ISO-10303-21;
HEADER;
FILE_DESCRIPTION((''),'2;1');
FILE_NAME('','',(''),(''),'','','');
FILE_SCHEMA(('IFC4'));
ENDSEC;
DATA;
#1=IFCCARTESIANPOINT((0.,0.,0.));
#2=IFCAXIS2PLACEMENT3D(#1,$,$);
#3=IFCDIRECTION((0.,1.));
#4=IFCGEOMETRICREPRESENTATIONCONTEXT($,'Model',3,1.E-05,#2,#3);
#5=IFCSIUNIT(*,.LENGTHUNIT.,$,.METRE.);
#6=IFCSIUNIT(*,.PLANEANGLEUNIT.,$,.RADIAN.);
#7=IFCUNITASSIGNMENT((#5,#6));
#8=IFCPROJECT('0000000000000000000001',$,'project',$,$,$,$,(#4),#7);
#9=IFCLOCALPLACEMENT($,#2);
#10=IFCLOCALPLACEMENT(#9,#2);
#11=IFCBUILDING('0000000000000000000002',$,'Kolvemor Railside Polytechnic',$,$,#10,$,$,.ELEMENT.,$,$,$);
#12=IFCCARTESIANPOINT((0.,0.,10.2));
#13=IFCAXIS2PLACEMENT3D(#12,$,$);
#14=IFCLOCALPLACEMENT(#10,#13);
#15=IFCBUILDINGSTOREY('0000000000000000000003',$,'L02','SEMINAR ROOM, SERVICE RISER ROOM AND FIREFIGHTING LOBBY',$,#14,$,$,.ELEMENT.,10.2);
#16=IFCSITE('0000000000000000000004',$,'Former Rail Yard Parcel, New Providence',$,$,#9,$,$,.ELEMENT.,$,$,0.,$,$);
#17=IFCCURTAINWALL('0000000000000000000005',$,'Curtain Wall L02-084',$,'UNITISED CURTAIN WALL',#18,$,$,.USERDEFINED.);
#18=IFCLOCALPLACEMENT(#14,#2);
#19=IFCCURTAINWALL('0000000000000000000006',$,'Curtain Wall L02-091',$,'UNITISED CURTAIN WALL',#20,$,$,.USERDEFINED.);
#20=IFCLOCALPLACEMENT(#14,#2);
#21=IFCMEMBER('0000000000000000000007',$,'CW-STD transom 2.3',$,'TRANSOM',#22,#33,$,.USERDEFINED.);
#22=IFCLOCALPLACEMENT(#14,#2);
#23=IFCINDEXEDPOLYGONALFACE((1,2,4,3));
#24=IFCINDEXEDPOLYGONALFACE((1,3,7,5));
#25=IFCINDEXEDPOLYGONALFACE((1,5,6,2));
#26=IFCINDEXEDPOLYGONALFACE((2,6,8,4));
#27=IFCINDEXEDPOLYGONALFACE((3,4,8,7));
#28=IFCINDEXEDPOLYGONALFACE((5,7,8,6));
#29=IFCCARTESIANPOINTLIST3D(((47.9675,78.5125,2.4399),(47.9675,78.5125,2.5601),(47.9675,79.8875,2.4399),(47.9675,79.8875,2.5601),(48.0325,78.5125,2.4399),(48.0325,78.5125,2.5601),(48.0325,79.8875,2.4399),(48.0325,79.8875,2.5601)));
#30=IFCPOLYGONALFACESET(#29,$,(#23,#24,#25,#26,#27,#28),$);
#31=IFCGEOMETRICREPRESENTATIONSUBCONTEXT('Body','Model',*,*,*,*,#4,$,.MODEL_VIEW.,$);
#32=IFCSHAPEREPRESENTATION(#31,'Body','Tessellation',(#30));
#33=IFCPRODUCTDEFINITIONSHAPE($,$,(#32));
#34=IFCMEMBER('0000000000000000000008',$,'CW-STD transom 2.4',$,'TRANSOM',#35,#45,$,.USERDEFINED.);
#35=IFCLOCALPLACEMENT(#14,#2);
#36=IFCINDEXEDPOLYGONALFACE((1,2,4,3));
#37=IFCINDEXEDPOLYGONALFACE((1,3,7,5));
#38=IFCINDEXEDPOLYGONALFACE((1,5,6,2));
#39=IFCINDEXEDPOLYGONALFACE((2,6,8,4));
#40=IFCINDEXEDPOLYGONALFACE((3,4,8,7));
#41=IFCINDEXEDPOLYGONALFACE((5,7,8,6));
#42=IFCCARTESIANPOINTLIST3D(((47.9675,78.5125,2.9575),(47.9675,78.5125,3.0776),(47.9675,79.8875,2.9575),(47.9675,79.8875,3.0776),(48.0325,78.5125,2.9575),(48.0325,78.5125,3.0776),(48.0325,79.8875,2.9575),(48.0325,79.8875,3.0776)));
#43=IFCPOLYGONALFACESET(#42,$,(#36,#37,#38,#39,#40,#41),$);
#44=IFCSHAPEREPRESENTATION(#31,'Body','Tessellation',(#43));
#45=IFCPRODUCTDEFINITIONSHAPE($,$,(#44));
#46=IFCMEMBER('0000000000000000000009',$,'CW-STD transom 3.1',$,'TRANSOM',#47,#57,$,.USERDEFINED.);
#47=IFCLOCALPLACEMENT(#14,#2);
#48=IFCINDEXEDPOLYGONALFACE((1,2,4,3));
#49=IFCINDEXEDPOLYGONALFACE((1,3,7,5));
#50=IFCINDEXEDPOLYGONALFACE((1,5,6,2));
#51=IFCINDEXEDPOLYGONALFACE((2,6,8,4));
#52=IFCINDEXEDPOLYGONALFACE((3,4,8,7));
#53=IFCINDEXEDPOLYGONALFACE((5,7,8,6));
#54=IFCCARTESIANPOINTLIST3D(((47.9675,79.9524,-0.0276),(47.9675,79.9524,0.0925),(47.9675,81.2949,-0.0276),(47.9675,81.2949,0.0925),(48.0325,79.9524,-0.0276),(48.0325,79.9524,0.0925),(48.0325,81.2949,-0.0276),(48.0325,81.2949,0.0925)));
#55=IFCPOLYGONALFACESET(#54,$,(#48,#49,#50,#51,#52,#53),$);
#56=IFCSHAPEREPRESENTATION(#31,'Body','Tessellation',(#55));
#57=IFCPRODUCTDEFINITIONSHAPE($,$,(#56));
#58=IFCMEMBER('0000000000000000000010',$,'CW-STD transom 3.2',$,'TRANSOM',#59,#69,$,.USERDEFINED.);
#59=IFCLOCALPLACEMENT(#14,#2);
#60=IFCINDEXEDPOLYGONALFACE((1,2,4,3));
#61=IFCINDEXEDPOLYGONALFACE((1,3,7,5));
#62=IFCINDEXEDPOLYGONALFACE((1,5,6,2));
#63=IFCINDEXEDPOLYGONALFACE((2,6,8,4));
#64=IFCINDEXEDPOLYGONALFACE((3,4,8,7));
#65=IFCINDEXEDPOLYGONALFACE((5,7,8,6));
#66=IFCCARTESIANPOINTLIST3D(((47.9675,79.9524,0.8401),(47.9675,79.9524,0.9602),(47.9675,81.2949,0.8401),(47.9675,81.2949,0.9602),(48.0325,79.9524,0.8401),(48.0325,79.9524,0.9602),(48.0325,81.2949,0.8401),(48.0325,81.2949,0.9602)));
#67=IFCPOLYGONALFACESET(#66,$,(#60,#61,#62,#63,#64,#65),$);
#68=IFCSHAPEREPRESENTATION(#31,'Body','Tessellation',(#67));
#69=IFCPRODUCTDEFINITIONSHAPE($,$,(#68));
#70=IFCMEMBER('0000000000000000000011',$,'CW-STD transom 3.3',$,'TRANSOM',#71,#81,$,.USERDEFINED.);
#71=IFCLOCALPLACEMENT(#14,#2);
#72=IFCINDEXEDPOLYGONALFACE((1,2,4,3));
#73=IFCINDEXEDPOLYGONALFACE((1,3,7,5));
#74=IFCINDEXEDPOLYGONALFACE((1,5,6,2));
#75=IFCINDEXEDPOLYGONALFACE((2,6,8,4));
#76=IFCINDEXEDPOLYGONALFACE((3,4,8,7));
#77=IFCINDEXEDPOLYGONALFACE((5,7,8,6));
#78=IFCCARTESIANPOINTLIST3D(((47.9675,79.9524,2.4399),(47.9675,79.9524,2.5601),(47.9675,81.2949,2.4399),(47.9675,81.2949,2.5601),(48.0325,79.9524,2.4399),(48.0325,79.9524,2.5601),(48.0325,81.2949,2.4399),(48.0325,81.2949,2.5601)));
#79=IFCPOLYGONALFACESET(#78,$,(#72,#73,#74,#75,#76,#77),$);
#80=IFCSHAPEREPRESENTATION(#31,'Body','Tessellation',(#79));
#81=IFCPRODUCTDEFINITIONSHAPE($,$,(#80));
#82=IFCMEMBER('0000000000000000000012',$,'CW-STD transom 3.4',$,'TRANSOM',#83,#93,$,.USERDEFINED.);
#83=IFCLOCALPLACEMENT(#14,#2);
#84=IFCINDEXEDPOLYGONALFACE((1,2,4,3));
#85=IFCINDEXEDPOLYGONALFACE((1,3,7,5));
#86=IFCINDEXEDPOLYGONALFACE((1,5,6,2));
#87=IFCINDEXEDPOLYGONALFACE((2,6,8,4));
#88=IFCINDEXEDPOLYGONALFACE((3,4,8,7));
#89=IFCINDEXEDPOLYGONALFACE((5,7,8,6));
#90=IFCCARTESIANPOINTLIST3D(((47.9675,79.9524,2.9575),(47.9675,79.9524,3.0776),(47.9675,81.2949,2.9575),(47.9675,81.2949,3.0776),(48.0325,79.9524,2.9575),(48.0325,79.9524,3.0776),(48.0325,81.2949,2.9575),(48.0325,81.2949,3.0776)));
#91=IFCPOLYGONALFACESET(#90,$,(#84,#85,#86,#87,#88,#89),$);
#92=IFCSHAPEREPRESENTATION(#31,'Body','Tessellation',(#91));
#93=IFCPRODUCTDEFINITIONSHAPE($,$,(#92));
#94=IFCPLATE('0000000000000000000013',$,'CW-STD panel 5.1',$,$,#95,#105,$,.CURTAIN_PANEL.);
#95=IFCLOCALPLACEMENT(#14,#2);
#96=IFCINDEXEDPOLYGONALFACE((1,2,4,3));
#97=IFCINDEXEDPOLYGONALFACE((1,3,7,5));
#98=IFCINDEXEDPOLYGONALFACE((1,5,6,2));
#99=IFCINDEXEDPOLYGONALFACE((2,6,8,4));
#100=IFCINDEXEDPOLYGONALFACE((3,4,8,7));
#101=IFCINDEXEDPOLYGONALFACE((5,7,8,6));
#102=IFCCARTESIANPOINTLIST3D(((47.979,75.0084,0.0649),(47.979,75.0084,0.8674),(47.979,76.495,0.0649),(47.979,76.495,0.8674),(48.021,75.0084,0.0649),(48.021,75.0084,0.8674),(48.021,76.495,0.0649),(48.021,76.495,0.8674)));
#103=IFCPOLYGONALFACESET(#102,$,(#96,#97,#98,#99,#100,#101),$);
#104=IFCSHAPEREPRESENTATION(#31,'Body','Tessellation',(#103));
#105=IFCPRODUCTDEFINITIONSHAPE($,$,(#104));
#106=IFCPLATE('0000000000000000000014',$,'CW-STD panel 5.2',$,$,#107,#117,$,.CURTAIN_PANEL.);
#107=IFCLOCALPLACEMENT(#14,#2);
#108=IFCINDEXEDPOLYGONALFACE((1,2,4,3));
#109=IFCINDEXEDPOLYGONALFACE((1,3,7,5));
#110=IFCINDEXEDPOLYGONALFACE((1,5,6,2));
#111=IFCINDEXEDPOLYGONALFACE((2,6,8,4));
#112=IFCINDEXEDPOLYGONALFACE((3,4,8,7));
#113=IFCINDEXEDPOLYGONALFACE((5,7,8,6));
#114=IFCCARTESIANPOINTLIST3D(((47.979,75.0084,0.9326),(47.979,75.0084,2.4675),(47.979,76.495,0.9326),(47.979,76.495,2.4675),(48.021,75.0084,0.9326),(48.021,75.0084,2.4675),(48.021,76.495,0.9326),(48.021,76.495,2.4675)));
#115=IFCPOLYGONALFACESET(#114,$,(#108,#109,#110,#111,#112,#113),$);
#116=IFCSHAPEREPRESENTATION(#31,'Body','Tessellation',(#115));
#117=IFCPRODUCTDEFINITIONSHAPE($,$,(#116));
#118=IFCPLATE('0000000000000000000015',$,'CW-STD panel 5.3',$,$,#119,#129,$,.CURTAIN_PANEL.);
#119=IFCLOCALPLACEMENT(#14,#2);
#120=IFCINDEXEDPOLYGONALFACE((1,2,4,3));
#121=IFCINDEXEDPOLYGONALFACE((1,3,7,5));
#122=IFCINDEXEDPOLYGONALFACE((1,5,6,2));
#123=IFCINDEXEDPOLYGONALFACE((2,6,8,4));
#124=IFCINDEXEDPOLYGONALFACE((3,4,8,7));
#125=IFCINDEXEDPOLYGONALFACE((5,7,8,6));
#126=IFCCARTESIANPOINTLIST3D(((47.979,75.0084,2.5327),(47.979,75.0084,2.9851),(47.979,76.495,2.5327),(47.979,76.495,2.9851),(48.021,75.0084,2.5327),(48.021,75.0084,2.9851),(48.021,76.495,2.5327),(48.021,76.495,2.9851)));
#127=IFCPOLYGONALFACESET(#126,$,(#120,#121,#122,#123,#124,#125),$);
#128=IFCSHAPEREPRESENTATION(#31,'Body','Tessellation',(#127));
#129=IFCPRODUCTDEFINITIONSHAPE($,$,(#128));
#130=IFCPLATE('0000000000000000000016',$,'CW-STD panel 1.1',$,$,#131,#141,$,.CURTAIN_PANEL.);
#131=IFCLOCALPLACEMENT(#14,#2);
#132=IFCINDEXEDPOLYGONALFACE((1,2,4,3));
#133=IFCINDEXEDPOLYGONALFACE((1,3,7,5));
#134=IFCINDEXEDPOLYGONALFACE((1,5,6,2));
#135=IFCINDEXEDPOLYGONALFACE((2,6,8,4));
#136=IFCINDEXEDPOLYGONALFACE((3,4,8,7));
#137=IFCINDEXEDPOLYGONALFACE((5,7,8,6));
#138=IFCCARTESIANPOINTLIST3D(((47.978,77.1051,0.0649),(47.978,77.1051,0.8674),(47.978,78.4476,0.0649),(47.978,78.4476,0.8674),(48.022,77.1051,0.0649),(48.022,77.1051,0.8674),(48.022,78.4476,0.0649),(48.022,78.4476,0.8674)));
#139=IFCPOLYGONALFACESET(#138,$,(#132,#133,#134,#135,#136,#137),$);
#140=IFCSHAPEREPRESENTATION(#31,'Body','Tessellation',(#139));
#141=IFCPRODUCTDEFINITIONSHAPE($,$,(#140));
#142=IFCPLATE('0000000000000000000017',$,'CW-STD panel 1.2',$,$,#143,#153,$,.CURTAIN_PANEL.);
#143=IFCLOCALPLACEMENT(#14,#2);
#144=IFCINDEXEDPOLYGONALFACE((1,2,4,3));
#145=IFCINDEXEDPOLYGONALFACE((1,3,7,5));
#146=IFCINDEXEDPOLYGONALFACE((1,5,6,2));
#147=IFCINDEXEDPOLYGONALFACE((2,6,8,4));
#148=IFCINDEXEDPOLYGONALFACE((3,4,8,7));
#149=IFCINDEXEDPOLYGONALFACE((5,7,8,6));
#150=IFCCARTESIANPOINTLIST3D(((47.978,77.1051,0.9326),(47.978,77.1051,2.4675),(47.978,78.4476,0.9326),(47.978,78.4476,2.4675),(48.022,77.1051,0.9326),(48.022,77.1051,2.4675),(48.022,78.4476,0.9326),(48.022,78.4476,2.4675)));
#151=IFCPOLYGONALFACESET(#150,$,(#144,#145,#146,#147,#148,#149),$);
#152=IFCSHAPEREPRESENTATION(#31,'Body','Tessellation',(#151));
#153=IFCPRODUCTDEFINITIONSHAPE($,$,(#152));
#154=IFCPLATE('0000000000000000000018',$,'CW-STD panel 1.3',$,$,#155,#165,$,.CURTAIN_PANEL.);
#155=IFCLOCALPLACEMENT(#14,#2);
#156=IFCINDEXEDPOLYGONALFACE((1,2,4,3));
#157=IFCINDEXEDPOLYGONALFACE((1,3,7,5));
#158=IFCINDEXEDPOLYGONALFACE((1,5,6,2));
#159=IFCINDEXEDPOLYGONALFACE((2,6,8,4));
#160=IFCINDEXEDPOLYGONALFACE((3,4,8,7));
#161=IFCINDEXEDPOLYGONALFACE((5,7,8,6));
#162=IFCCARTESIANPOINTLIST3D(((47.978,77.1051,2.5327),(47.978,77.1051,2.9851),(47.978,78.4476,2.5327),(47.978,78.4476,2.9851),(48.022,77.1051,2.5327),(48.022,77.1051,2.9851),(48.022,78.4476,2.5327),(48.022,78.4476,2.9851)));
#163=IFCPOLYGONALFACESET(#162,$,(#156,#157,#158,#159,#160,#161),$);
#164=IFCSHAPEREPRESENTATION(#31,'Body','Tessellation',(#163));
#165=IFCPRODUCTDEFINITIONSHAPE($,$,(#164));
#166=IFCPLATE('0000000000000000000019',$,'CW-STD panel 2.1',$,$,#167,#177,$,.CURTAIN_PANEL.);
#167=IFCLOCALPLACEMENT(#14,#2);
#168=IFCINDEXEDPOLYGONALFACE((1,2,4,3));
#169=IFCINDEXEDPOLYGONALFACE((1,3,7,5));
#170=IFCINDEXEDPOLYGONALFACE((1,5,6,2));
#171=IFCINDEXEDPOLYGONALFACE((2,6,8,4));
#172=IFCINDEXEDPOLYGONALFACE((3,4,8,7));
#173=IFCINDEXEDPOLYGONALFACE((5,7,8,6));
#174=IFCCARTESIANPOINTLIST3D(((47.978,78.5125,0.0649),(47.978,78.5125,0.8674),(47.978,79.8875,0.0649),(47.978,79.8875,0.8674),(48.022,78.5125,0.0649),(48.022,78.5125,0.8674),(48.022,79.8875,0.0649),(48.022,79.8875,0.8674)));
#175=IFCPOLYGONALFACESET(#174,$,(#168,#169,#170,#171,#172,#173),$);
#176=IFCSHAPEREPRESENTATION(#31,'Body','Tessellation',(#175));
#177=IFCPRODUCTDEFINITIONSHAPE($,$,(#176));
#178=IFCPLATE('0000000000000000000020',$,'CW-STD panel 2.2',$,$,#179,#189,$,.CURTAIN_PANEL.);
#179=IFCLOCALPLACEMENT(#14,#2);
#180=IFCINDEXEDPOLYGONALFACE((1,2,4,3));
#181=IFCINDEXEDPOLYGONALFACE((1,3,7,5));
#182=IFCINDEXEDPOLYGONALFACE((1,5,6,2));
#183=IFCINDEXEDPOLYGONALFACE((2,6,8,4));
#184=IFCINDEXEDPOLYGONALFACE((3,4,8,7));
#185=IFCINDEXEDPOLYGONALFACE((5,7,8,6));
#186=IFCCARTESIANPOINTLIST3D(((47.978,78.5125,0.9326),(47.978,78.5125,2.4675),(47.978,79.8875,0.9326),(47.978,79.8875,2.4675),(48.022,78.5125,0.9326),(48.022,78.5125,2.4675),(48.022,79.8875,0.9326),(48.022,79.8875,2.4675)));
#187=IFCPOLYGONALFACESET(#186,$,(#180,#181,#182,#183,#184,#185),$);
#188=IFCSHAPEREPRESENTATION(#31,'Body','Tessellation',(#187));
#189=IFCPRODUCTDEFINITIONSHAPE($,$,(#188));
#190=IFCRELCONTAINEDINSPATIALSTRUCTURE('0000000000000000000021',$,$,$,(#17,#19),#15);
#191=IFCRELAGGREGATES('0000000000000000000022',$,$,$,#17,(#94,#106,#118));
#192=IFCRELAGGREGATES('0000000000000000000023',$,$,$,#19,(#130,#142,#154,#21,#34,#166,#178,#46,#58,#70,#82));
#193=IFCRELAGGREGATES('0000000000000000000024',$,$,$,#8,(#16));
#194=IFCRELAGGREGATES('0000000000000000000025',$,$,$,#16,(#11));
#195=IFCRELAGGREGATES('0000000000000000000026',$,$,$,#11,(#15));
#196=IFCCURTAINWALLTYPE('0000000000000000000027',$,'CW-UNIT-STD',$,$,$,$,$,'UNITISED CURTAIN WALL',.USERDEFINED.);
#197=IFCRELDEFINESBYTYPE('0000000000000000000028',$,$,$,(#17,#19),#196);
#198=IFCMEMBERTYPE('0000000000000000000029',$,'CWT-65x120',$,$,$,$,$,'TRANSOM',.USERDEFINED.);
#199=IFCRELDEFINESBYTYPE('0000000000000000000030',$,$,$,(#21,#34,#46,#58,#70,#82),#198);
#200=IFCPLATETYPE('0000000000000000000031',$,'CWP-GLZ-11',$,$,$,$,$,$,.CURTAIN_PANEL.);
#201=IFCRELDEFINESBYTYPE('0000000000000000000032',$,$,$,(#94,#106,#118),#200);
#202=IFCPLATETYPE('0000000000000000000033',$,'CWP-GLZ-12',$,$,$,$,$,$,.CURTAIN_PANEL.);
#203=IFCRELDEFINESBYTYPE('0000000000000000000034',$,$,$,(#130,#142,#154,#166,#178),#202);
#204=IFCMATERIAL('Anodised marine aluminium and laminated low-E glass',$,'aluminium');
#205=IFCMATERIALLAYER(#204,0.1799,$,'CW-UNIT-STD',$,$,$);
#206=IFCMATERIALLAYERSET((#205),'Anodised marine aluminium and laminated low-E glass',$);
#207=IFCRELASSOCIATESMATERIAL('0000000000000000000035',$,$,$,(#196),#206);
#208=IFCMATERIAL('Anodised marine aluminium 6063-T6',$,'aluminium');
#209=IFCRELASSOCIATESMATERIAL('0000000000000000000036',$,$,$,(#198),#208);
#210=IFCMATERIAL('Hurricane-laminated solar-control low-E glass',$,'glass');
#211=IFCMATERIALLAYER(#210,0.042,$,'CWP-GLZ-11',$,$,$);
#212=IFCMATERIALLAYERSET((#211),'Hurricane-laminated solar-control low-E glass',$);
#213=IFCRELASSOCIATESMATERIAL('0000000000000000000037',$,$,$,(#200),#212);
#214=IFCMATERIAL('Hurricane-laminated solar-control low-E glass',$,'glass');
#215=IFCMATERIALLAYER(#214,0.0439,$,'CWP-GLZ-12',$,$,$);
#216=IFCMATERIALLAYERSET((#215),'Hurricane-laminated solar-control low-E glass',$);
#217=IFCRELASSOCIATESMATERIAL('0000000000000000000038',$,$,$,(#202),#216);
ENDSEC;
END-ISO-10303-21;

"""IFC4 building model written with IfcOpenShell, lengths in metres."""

from ifc_helpers import new_model, si_unit, direction, frame, origin, origin_2d, place, context, subcontext, project, spatial, rectangle, extrude, material, layer, layer_set, material_profile, profile_set, type_object, element, aggregate, save


model = new_model("IFC4")

# Units and contexts
model_context = context("Model", 3, precision=1e-05, world=origin(), true_north=direction((0.0, 1.0)))
body_context = subcontext(model_context, "Body", "Model", "MODEL_VIEW")
ifc_project = project(units=[si_unit("LENGTHUNIT", "METRE"), si_unit("PLANEANGLEUNIT", "RADIAN")], contexts=[model_context])

# Site, building, storey
site_placement = place(None, origin())
site = spatial("IfcSite", under=ifc_project, at=site_placement, Name="Former Rail Yard Parcel, New Providence", CompositionType="ELEMENT", RefElevation=0.0)
building_placement = place(site_placement, origin())
building = spatial("IfcBuilding", under=site, at=building_placement, Name="Kolvemor Railside Polytechnic", CompositionType="ELEMENT")
storey_placement = place(building_placement, frame((0.0, 0.0, 10.2)))
storey = spatial("IfcBuildingStorey", under=building, at=storey_placement, Name="L02", Description="SEMINAR ROOM, SERVICE RISER ROOM AND FIREFIGHTING LOBBY", CompositionType="ELEMENT", Elevation=10.2)

# Curtain wall
ifc_material_1 = material(Name="Anodised marine aluminium and laminated low-E glass", Category="aluminium")
ifc_layer_1 = layer(ifc_material_1, 0.1799, Name="CW-UNIT-STD")
ifc_layer_set_1 = layer_set([ifc_layer_1], Name="Anodised marine aluminium and laminated low-E glass")
curtain_wall_type = type_object("IfcCurtainWallType", Name="CW-UNIT-STD", ElementType="UNITISED CURTAIN WALL", PredefinedType="USERDEFINED", material=ifc_layer_set_1)
curtain_wall_1_placement = place(storey_placement, origin())
curtain_wall_1 = element("IfcCurtainWall", 1, at=curtain_wall_1_placement, inside=storey, type_object=curtain_wall_type, Name="Curtain Wall L02-084", ObjectType="UNITISED CURTAIN WALL", PredefinedType="USERDEFINED")

# Curtain wall
curtain_wall_2_placement = place(storey_placement, origin())
curtain_wall_2 = element("IfcCurtainWall", 2, at=curtain_wall_2_placement, inside=storey, type_object=curtain_wall_type, Name="Curtain Wall L02-091", ObjectType="UNITISED CURTAIN WALL", PredefinedType="USERDEFINED")

# Members
ifc_material_2 = material(Name="Anodised marine aluminium 6063-T6", Category="aluminium")
ifc_material_profile_1 = material_profile(ifc_material_2, rectangle(XDim=0.0649, YDim=0.1201, at=origin_2d()), Name="CW-TRN-65x120")
ifc_profile_set_1 = profile_set([ifc_material_profile_1], Name="Anodised marine aluminium 6063-T6")
member_type_1 = type_object("IfcMemberType", Name="CWT-65x120", ElementType="TRANSOM", PredefinedType="USERDEFINED", material=ifc_profile_set_1)
member_1_placement = place(storey_placement, frame((48.0, 78.5125, 2.5), z_axis=(0.0, 1.0, 0.0), x_axis=(-1.0, 0.0, 0.0)))
member_1 = element("IfcMember", 3, at=member_1_placement, type_object=member_type_1, Name="CW-STD transom 2.3", ObjectType="TRANSOM", PredefinedType="USERDEFINED", context=body_context, shape_type="SweptSolid", body=[
    extrude(rectangle(XDim=0.0649, YDim=0.1201, at=origin_2d()), origin(), (0.0, 0.0, 1.0), 1.375),
])
member_2_placement = place(storey_placement, frame((48.0, 78.5125, 3.0176), z_axis=(0.0, 1.0, 0.0), x_axis=(-1.0, 0.0, 0.0)))
member_2 = element("IfcMember", 4, at=member_2_placement, type_object=member_type_1, Name="CW-STD transom 2.4", ObjectType="TRANSOM", PredefinedType="USERDEFINED", context=body_context, shape_type="SweptSolid", body=[
    extrude(rectangle(XDim=0.0649, YDim=0.1201, at=origin_2d()), origin(), (0.0, 0.0, 1.0), 1.375),
])
member_3_placement = place(storey_placement, frame((48.0, 79.9524, 0.0325), z_axis=(0.0, 1.0, 0.0), x_axis=(-1.0, 0.0, 0.0)))
member_3 = element("IfcMember", 5, at=member_3_placement, type_object=member_type_1, Name="CW-STD transom 3.1", ObjectType="TRANSOM", PredefinedType="USERDEFINED", context=body_context, shape_type="SweptSolid", body=[
    extrude(rectangle(XDim=0.0649, YDim=0.1201, at=origin_2d()), origin(), (0.0, 0.0, 1.0), 1.3425),
])
member_4_placement = place(storey_placement, frame((48.0, 79.9524, 0.9001), z_axis=(0.0, 1.0, 0.0), x_axis=(-1.0, 0.0, 0.0)))
member_4 = element("IfcMember", 6, at=member_4_placement, type_object=member_type_1, Name="CW-STD transom 3.2", ObjectType="TRANSOM", PredefinedType="USERDEFINED", context=body_context, shape_type="SweptSolid", body=[
    extrude(rectangle(XDim=0.0649, YDim=0.1201, at=origin_2d()), origin(), (0.0, 0.0, 1.0), 1.3425),
])
member_5_placement = place(storey_placement, frame((48.0, 79.9524, 2.5), z_axis=(0.0, 1.0, 0.0), x_axis=(-1.0, 0.0, 0.0)))
member_5 = element("IfcMember", 7, at=member_5_placement, type_object=member_type_1, Name="CW-STD transom 3.3", ObjectType="TRANSOM", PredefinedType="USERDEFINED", context=body_context, shape_type="SweptSolid", body=[
    extrude(rectangle(XDim=0.0649, YDim=0.1201, at=origin_2d()), origin(), (0.0, 0.0, 1.0), 1.3425),
])
member_6_placement = place(storey_placement, frame((48.0, 79.9524, 3.0176), z_axis=(0.0, 1.0, 0.0), x_axis=(-1.0, 0.0, 0.0)))
member_6 = element("IfcMember", 8, at=member_6_placement, type_object=member_type_1, Name="CW-STD transom 3.4", ObjectType="TRANSOM", PredefinedType="USERDEFINED", context=body_context, shape_type="SweptSolid", body=[
    extrude(rectangle(XDim=0.0649, YDim=0.1201, at=origin_2d()), origin(), (0.0, 0.0, 1.0), 1.3425),
])

# Plates
ifc_material_3 = material(Name="Hurricane-laminated solar-control low-E glass", Category="glass")
ifc_layer_2 = layer(ifc_material_3, 0.042, Name="CWP-GLZ-11")
ifc_layer_set_2 = layer_set([ifc_layer_2], Name="Hurricane-laminated solar-control low-E glass")
plate_type_1 = type_object("IfcPlateType", Name="CWP-GLZ-11", PredefinedType="CURTAIN_PANEL", material=ifc_layer_set_2)
plate_1_placement = place(storey_placement, frame((48.0, 75.7517, 0.0649), z_axis=(0.0, 0.0, 1.0), x_axis=(0.0, 1.0, 0.0)))
plate_1 = element("IfcPlate", 9, at=plate_1_placement, type_object=plate_type_1, Name="CW-STD panel 5.1", PredefinedType="CURTAIN_PANEL", context=body_context, shape_type="SweptSolid", body=[
    extrude(rectangle(XDim=1.4866, YDim=0.042, at=origin_2d()), origin(), (0.0, 0.0, 1.0), 0.8025),
])
plate_2_placement = place(storey_placement, frame((48.0, 75.7517, 0.9326), z_axis=(0.0, 0.0, 1.0), x_axis=(0.0, 1.0, 0.0)))
plate_2 = element("IfcPlate", 10, at=plate_2_placement, type_object=plate_type_1, Name="CW-STD panel 5.2", PredefinedType="CURTAIN_PANEL", context=body_context, shape_type="SweptSolid", body=[
    extrude(rectangle(XDim=1.4866, YDim=0.042, at=origin_2d()), origin(), (0.0, 0.0, 1.0), 1.5349),
])
plate_3_placement = place(storey_placement, frame((48.0, 75.7517, 2.5327), z_axis=(0.0, 0.0, 1.0), x_axis=(0.0, 1.0, 0.0)))
plate_3 = element("IfcPlate", 11, at=plate_3_placement, type_object=plate_type_1, Name="CW-STD panel 5.3", PredefinedType="CURTAIN_PANEL", context=body_context, shape_type="SweptSolid", body=[
    extrude(rectangle(XDim=1.4866, YDim=0.042, at=origin_2d()), origin(), (0.0, 0.0, 1.0), 0.4524),
])
aggregate(curtain_wall_1, [plate_1, plate_2, plate_3])
ifc_material_4 = material(Name="Hurricane-laminated solar-control low-E glass", Category="glass")
ifc_layer_3 = layer(ifc_material_4, 0.0439, Name="CWP-GLZ-12")
ifc_layer_set_3 = layer_set([ifc_layer_3], Name="Hurricane-laminated solar-control low-E glass")
plate_type_2 = type_object("IfcPlateType", Name="CWP-GLZ-12", PredefinedType="CURTAIN_PANEL", material=ifc_layer_set_3)
plate_4_placement = place(storey_placement, frame((48.0, 77.7764, 0.0649), z_axis=(0.0, 0.0, 1.0), x_axis=(0.0, 1.0, 0.0)))
plate_4 = element("IfcPlate", 12, at=plate_4_placement, type_object=plate_type_2, Name="CW-STD panel 1.1", PredefinedType="CURTAIN_PANEL", context=body_context, shape_type="SweptSolid", body=[
    extrude(rectangle(XDim=1.3425, YDim=0.0439, at=origin_2d()), origin(), (0.0, 0.0, 1.0), 0.8025),
])
plate_5_placement = place(storey_placement, frame((48.0, 77.7764, 0.9326), z_axis=(0.0, 0.0, 1.0), x_axis=(0.0, 1.0, 0.0)))
plate_5 = element("IfcPlate", 13, at=plate_5_placement, type_object=plate_type_2, Name="CW-STD panel 1.2", PredefinedType="CURTAIN_PANEL", context=body_context, shape_type="SweptSolid", body=[
    extrude(rectangle(XDim=1.3425, YDim=0.0439, at=origin_2d()), origin(), (0.0, 0.0, 1.0), 1.5349),
])
plate_6_placement = place(storey_placement, frame((48.0, 77.7764, 2.5327), z_axis=(0.0, 0.0, 1.0), x_axis=(0.0, 1.0, 0.0)))
plate_6 = element("IfcPlate", 14, at=plate_6_placement, type_object=plate_type_2, Name="CW-STD panel 1.3", PredefinedType="CURTAIN_PANEL", context=body_context, shape_type="SweptSolid", body=[
    extrude(rectangle(XDim=1.3425, YDim=0.0439, at=origin_2d()), origin(), (0.0, 0.0, 1.0), 0.4524),
])
plate_7_placement = place(storey_placement, frame((48.0, 79.2, 0.0649), z_axis=(0.0, 0.0, 1.0), x_axis=(0.0, 1.0, 0.0)))
plate_7 = element("IfcPlate", 15, at=plate_7_placement, type_object=plate_type_2, Name="CW-STD panel 2.1", PredefinedType="CURTAIN_PANEL", context=body_context, shape_type="SweptSolid", body=[
    extrude(rectangle(XDim=1.375, YDim=0.0439, at=origin_2d()), origin(), (0.0, 0.0, 1.0), 0.8025),
])
plate_8_placement = place(storey_placement, frame((48.0, 79.2, 0.9326), z_axis=(0.0, 0.0, 1.0), x_axis=(0.0, 1.0, 0.0)))
plate_8 = element("IfcPlate", 16, at=plate_8_placement, type_object=plate_type_2, Name="CW-STD panel 2.2", PredefinedType="CURTAIN_PANEL", context=body_context, shape_type="SweptSolid", body=[
    extrude(rectangle(XDim=1.375, YDim=0.0439, at=origin_2d()), origin(), (0.0, 0.0, 1.0), 1.5349),
])
aggregate(curtain_wall_2, [plate_4, plate_5, plate_6, member_1, member_2, plate_7, plate_8, member_3, member_4, member_5, member_6])

save(model, "model.ifc")
